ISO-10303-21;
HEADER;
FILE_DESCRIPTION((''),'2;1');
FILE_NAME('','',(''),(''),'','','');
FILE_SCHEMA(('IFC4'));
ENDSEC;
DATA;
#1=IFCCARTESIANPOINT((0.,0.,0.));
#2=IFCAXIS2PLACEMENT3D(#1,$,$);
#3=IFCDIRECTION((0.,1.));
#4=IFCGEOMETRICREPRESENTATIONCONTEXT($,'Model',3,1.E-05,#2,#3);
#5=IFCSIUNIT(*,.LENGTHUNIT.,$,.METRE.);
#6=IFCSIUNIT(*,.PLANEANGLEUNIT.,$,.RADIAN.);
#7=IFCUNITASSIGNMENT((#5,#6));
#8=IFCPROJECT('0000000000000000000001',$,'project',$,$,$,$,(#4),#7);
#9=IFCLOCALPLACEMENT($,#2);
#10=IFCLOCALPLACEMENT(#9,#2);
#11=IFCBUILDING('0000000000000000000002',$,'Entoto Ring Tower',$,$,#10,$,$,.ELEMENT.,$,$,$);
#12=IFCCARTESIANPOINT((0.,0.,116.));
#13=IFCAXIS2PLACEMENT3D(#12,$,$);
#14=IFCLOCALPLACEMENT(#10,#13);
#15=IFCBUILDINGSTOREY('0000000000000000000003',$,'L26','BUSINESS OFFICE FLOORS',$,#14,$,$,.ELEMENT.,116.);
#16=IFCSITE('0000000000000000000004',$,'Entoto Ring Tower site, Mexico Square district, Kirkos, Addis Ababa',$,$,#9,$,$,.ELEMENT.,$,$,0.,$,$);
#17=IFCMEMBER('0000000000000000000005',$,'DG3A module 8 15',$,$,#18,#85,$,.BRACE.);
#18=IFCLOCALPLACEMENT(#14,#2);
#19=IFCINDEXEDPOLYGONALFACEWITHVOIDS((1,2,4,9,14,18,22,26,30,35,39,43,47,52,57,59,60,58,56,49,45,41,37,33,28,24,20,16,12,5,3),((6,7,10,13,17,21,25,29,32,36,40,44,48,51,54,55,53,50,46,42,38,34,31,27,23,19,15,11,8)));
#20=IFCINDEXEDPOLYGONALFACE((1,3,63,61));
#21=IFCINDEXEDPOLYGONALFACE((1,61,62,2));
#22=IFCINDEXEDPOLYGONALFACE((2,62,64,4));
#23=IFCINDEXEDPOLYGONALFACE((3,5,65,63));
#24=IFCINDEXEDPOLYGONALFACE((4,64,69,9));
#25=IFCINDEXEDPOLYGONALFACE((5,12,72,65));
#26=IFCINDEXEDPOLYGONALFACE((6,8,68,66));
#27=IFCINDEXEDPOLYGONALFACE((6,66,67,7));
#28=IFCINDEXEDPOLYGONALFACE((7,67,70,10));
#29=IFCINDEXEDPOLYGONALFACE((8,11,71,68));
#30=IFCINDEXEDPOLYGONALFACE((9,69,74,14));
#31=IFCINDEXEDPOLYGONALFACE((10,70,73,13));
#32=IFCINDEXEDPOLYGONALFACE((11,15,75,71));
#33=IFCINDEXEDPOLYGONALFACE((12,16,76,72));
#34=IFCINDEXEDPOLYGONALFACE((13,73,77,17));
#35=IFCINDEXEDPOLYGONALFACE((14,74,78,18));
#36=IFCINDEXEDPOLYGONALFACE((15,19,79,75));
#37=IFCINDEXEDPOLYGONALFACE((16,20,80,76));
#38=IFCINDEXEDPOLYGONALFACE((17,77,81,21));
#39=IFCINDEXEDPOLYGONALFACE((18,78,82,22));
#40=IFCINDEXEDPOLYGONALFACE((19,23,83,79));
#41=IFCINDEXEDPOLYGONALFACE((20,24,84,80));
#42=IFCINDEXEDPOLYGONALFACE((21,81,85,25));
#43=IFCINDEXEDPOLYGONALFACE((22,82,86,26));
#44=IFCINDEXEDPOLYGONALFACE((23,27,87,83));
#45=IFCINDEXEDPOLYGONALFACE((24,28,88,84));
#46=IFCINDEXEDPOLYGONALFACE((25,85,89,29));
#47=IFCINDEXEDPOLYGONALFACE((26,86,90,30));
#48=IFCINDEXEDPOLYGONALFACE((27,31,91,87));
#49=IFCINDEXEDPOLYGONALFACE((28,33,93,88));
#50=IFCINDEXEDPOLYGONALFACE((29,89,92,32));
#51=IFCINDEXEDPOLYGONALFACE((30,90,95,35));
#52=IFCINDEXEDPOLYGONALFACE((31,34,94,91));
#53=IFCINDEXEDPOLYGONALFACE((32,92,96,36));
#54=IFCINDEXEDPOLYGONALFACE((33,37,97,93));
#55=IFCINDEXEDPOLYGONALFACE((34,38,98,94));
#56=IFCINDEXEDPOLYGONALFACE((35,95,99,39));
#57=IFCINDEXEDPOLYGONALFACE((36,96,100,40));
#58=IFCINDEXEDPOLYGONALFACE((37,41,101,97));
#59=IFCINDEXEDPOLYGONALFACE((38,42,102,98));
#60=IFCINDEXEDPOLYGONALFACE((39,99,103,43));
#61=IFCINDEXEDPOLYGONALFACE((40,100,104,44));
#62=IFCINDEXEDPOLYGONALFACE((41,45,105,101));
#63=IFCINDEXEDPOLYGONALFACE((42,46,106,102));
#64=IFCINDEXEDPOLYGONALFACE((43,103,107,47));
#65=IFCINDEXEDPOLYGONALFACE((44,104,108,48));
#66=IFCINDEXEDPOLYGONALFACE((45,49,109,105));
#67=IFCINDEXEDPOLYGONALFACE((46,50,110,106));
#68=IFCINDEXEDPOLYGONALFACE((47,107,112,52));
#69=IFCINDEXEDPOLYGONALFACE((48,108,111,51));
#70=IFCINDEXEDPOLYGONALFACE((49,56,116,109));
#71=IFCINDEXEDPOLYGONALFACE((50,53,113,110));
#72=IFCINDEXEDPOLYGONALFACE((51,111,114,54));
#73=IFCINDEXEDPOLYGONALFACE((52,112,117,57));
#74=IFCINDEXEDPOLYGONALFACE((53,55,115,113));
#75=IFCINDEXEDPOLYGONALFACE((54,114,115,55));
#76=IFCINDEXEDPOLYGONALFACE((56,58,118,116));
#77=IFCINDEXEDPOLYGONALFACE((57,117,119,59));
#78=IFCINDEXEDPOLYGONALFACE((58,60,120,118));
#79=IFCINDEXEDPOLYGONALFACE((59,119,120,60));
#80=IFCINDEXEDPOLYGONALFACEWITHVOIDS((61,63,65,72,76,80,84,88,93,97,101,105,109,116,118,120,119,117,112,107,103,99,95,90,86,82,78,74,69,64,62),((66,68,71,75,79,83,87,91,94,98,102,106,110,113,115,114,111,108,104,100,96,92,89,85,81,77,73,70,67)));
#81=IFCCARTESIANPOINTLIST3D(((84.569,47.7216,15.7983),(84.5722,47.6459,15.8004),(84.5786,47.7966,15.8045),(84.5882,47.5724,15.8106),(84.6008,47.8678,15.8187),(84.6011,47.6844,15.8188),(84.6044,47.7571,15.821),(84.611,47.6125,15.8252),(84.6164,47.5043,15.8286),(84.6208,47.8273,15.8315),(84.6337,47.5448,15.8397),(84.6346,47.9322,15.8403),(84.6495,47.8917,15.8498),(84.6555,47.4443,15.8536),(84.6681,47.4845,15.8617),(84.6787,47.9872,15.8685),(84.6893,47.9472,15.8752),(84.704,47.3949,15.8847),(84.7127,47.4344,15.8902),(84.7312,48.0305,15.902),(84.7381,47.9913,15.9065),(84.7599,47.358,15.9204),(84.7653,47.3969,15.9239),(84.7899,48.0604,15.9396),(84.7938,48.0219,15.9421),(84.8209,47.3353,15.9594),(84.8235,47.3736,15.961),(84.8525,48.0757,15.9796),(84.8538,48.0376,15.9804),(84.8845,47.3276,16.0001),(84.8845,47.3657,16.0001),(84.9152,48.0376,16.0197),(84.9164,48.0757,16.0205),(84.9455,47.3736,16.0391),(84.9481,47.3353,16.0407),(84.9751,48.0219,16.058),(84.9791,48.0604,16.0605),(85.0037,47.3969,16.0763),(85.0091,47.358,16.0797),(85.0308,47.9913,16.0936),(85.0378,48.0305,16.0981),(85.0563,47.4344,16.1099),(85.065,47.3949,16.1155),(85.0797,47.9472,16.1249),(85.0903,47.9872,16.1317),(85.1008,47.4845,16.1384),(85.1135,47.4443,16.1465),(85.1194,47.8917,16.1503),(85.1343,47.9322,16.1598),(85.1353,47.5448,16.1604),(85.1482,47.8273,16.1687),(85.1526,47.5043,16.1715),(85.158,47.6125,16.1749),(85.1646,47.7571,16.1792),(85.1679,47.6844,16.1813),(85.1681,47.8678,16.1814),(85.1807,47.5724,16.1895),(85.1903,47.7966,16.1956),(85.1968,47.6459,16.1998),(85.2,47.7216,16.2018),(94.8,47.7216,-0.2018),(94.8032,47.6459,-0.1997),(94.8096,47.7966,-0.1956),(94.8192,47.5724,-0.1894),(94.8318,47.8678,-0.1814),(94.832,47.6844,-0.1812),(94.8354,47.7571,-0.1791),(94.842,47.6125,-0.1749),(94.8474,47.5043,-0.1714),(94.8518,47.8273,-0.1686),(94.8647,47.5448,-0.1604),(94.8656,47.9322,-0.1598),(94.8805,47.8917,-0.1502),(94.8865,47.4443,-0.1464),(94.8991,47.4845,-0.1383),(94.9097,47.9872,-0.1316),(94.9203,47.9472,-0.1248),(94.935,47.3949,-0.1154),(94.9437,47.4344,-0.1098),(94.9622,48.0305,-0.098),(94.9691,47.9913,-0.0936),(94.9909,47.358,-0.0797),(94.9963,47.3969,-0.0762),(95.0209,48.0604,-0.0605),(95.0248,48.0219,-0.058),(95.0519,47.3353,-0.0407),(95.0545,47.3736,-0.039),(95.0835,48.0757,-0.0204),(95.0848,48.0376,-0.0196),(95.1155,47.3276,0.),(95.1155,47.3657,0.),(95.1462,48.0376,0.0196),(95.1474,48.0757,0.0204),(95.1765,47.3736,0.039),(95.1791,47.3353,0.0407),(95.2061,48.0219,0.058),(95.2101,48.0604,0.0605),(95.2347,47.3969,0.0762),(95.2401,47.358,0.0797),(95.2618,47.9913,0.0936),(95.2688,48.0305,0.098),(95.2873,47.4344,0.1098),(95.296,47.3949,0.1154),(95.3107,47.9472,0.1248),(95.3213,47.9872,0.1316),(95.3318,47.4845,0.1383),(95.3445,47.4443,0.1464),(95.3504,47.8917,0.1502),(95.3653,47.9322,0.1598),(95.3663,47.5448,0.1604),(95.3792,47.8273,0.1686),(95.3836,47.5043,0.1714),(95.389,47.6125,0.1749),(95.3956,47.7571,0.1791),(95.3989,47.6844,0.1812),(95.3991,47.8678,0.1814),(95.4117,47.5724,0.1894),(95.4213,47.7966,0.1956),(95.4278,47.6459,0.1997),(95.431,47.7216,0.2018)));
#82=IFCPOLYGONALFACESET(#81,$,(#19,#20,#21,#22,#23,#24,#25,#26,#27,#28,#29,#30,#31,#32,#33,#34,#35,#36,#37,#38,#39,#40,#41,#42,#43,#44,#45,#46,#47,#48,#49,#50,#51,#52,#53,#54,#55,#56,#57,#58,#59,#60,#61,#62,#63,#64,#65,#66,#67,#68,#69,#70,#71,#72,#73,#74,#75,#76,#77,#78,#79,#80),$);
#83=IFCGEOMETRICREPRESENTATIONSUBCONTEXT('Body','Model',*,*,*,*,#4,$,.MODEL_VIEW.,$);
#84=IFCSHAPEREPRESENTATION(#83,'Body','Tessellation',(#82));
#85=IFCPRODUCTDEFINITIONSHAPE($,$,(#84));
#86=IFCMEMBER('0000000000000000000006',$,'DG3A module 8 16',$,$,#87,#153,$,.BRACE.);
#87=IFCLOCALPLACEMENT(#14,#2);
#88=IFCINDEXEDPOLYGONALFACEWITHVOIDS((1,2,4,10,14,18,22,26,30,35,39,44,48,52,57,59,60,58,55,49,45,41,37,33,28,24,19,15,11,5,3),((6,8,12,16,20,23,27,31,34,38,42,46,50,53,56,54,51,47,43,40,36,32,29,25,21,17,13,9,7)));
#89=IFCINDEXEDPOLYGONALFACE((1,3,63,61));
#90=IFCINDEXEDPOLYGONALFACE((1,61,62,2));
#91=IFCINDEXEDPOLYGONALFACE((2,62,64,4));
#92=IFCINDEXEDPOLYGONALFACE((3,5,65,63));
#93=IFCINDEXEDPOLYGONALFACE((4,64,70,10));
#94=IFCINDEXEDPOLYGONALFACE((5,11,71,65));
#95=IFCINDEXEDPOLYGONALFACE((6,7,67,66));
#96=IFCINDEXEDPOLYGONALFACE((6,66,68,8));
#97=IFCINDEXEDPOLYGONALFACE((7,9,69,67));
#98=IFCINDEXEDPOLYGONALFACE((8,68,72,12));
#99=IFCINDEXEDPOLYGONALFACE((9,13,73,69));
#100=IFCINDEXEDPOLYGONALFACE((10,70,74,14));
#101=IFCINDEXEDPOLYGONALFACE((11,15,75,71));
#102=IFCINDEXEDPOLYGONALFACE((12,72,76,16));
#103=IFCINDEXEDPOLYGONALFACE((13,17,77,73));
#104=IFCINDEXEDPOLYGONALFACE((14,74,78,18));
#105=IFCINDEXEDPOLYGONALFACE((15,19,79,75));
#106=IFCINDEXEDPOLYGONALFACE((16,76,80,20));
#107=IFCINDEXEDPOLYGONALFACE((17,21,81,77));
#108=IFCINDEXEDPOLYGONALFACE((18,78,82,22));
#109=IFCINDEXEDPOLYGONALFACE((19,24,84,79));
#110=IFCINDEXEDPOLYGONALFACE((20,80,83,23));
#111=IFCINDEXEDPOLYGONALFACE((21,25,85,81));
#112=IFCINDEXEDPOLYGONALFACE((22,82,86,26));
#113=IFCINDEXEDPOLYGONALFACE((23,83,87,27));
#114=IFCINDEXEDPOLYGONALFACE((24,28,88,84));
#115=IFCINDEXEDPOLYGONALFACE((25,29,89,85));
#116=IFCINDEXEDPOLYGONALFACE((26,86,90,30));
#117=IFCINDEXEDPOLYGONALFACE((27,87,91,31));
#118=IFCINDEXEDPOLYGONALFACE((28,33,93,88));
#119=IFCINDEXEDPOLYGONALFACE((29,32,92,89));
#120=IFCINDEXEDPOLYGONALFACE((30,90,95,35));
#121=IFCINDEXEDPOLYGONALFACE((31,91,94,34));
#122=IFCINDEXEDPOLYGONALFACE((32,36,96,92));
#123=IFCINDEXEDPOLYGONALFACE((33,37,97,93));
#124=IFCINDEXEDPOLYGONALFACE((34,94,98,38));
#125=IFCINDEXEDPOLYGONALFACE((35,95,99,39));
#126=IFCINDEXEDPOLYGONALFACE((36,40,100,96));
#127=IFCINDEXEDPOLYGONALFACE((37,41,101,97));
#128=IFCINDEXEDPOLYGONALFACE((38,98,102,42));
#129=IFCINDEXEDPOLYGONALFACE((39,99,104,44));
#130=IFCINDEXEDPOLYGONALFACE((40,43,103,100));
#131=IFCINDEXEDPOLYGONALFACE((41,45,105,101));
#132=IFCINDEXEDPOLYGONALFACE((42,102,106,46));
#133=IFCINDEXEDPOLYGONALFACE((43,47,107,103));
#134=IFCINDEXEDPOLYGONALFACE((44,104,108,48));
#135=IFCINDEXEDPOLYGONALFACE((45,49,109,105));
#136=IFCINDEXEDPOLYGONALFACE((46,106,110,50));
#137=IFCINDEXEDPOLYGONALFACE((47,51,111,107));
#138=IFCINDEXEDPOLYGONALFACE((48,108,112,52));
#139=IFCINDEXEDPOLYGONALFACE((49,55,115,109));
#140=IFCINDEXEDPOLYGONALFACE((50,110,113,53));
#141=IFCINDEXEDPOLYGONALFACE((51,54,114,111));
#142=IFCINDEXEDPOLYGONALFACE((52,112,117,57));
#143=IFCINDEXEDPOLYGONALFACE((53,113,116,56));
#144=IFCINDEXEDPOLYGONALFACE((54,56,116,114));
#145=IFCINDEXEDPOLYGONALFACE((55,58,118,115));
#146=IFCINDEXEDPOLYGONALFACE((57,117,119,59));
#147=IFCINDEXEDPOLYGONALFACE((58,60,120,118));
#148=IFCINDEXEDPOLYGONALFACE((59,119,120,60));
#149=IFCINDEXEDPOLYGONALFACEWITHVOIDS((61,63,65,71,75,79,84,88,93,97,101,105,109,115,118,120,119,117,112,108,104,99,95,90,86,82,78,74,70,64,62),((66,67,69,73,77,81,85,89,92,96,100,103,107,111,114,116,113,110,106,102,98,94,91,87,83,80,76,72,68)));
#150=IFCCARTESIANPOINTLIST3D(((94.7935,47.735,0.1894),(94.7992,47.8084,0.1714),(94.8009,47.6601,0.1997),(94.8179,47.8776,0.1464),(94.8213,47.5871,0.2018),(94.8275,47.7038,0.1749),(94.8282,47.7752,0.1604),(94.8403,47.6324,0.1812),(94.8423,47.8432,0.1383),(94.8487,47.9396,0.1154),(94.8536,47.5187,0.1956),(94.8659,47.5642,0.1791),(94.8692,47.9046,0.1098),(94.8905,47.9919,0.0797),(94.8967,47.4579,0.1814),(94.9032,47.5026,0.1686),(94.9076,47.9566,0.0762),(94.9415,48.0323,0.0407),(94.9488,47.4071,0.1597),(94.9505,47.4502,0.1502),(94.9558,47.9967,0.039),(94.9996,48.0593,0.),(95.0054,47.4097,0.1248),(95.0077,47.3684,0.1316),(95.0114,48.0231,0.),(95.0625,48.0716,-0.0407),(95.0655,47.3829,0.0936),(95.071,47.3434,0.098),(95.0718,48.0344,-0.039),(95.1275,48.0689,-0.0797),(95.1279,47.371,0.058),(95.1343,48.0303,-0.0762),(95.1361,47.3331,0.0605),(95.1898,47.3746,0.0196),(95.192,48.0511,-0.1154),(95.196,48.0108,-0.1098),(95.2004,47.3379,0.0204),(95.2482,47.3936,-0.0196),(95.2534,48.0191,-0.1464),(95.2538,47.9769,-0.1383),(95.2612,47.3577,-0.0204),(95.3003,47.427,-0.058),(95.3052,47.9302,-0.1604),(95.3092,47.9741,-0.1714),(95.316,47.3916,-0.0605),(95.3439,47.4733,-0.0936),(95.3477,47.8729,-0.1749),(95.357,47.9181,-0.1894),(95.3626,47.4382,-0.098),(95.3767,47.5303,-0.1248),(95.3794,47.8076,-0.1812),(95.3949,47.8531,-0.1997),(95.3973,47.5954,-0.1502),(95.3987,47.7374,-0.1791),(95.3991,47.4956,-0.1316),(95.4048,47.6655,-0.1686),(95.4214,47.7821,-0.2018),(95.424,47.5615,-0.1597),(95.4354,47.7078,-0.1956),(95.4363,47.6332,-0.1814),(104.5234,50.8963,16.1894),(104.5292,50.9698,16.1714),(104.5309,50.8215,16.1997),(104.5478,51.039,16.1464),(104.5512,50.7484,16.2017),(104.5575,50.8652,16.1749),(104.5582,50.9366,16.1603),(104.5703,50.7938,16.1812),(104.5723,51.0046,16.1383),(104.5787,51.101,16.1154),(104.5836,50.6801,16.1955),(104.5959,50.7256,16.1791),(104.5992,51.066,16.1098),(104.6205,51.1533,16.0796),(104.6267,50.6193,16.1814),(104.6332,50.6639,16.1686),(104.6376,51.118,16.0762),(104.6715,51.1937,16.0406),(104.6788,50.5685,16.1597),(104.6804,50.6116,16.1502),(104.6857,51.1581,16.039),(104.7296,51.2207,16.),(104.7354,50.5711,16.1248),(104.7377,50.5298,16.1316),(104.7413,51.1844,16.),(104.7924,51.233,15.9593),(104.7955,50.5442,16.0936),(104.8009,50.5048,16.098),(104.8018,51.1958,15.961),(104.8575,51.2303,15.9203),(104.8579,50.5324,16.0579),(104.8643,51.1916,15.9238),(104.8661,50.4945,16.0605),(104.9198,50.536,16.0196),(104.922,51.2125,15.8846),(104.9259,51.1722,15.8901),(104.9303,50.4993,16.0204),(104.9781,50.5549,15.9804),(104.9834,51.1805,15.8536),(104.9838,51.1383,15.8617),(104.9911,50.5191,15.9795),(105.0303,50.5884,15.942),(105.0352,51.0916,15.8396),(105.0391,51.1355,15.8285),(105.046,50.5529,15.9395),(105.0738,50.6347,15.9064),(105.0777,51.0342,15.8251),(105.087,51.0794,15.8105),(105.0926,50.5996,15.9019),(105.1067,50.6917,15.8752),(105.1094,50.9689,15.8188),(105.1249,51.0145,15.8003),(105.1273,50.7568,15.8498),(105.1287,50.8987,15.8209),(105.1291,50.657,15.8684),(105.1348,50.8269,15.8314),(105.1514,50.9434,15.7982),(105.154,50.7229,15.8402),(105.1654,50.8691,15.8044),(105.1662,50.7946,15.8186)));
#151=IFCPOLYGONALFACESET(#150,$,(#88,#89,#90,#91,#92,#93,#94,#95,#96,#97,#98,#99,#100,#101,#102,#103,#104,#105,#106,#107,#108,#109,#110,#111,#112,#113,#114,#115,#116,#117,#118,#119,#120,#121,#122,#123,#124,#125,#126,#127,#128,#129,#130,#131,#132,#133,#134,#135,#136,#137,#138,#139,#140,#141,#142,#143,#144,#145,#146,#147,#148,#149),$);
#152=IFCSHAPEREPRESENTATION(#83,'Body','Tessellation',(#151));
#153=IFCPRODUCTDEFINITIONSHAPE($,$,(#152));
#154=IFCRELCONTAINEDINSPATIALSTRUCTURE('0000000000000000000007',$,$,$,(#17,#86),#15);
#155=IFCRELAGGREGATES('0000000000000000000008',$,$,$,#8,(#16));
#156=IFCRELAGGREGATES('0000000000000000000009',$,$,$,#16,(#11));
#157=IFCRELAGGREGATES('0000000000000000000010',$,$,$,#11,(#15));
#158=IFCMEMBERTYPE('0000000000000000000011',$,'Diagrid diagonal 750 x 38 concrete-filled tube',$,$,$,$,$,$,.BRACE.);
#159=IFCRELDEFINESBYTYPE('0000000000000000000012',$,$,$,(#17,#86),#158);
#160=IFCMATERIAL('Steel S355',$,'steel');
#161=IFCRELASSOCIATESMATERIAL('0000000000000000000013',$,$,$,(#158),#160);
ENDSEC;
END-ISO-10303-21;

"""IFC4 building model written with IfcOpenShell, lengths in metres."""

from ifc_helpers import new_model, si_unit, direction, frame, origin, origin_2d, place, context, subcontext, project, spatial, circle, hollow_circle, extrude, material, material_profile, profile_set, type_object, element, save


model = new_model("IFC4")

# Units and contexts
model_context = context("Model", 3, precision=1e-05, world=origin(), true_north=direction((0.0, 1.0)))
body_context = subcontext(model_context, "Body", "Model", "MODEL_VIEW")
ifc_project = project(units=[si_unit("LENGTHUNIT", "METRE"), si_unit("PLANEANGLEUNIT", "RADIAN")], contexts=[model_context])

# Site, building, storey
site_placement = place(None, origin())
site = spatial("IfcSite", under=ifc_project, at=site_placement, Name="Entoto Ring Tower site, Mexico Square district, Kirkos, Addis Ababa", CompositionType="ELEMENT", RefElevation=0.0)
building_placement = place(site_placement, origin())
building = spatial("IfcBuilding", under=site, at=building_placement, Name="Entoto Ring Tower", CompositionType="ELEMENT")
storey_placement = place(building_placement, frame((0.0, 0.0, 116.0)))
storey = spatial("IfcBuildingStorey", under=building, at=storey_placement, Name="L26", Description="BUSINESS OFFICE FLOORS", CompositionType="ELEMENT", Elevation=116.0)

# Members
ifc_material_1 = material(Name="Steel S355", Category="steel")
ifc_material_profile_1 = material_profile(ifc_material_1, hollow_circle(Radius=0.375, WallThickness=0.0381, at=origin_2d()), Name="CHS 750 x 38")
ifc_material_2 = material(Name="Concrete C60/75", Category="concrete")
ifc_material_profile_2 = material_profile(ifc_material_2, circle(Radius=0.3369, at=origin_2d()), Name="Concrete C60/75 infill")
ifc_profile_set_1 = profile_set([ifc_material_profile_1, ifc_material_profile_2], Name="Steel S355")
member_type_1 = type_object("IfcMemberType", Name="Diagrid diagonal 750 x 38 concrete-filled tube", PredefinedType="BRACE", material=ifc_profile_set_1)
member_1_placement = place(storey_placement, frame((95.1155, 47.7026, 0.0), z_axis=(-0.538716, 0.0, 0.842488), x_axis=(0.0, -1.0, 0.0)))
element("IfcMember", 1, at=member_1_placement, inside=storey, type_object=member_type_1, Name="DG3A module 8 15", PredefinedType="BRACE", context=body_context, shape_type="SweptSolid", body=[
    extrude(hollow_circle(Radius=0.375, WallThickness=0.0381, at=origin_2d()), origin(), (0.0, 0.0, 1.0), 18.9915),
])
member_2_placement = place(storey_placement, frame((95.1155, 47.7026, 0.0), z_axis=(0.512341, 0.166465, 0.842494), x_axis=(-0.309009, 0.951059, 0.0)))
element("IfcMember", 2, at=member_2_placement, inside=storey, type_object=member_type_1, Name="DG3A module 8 16", PredefinedType="BRACE", context=body_context, shape_type="SweptSolid", body=[
    extrude(hollow_circle(Radius=0.375, WallThickness=0.0381, at=origin_2d()), origin(), (0.0, 0.0, 1.0), 18.9912),
])

save(model, "model.ifc")
